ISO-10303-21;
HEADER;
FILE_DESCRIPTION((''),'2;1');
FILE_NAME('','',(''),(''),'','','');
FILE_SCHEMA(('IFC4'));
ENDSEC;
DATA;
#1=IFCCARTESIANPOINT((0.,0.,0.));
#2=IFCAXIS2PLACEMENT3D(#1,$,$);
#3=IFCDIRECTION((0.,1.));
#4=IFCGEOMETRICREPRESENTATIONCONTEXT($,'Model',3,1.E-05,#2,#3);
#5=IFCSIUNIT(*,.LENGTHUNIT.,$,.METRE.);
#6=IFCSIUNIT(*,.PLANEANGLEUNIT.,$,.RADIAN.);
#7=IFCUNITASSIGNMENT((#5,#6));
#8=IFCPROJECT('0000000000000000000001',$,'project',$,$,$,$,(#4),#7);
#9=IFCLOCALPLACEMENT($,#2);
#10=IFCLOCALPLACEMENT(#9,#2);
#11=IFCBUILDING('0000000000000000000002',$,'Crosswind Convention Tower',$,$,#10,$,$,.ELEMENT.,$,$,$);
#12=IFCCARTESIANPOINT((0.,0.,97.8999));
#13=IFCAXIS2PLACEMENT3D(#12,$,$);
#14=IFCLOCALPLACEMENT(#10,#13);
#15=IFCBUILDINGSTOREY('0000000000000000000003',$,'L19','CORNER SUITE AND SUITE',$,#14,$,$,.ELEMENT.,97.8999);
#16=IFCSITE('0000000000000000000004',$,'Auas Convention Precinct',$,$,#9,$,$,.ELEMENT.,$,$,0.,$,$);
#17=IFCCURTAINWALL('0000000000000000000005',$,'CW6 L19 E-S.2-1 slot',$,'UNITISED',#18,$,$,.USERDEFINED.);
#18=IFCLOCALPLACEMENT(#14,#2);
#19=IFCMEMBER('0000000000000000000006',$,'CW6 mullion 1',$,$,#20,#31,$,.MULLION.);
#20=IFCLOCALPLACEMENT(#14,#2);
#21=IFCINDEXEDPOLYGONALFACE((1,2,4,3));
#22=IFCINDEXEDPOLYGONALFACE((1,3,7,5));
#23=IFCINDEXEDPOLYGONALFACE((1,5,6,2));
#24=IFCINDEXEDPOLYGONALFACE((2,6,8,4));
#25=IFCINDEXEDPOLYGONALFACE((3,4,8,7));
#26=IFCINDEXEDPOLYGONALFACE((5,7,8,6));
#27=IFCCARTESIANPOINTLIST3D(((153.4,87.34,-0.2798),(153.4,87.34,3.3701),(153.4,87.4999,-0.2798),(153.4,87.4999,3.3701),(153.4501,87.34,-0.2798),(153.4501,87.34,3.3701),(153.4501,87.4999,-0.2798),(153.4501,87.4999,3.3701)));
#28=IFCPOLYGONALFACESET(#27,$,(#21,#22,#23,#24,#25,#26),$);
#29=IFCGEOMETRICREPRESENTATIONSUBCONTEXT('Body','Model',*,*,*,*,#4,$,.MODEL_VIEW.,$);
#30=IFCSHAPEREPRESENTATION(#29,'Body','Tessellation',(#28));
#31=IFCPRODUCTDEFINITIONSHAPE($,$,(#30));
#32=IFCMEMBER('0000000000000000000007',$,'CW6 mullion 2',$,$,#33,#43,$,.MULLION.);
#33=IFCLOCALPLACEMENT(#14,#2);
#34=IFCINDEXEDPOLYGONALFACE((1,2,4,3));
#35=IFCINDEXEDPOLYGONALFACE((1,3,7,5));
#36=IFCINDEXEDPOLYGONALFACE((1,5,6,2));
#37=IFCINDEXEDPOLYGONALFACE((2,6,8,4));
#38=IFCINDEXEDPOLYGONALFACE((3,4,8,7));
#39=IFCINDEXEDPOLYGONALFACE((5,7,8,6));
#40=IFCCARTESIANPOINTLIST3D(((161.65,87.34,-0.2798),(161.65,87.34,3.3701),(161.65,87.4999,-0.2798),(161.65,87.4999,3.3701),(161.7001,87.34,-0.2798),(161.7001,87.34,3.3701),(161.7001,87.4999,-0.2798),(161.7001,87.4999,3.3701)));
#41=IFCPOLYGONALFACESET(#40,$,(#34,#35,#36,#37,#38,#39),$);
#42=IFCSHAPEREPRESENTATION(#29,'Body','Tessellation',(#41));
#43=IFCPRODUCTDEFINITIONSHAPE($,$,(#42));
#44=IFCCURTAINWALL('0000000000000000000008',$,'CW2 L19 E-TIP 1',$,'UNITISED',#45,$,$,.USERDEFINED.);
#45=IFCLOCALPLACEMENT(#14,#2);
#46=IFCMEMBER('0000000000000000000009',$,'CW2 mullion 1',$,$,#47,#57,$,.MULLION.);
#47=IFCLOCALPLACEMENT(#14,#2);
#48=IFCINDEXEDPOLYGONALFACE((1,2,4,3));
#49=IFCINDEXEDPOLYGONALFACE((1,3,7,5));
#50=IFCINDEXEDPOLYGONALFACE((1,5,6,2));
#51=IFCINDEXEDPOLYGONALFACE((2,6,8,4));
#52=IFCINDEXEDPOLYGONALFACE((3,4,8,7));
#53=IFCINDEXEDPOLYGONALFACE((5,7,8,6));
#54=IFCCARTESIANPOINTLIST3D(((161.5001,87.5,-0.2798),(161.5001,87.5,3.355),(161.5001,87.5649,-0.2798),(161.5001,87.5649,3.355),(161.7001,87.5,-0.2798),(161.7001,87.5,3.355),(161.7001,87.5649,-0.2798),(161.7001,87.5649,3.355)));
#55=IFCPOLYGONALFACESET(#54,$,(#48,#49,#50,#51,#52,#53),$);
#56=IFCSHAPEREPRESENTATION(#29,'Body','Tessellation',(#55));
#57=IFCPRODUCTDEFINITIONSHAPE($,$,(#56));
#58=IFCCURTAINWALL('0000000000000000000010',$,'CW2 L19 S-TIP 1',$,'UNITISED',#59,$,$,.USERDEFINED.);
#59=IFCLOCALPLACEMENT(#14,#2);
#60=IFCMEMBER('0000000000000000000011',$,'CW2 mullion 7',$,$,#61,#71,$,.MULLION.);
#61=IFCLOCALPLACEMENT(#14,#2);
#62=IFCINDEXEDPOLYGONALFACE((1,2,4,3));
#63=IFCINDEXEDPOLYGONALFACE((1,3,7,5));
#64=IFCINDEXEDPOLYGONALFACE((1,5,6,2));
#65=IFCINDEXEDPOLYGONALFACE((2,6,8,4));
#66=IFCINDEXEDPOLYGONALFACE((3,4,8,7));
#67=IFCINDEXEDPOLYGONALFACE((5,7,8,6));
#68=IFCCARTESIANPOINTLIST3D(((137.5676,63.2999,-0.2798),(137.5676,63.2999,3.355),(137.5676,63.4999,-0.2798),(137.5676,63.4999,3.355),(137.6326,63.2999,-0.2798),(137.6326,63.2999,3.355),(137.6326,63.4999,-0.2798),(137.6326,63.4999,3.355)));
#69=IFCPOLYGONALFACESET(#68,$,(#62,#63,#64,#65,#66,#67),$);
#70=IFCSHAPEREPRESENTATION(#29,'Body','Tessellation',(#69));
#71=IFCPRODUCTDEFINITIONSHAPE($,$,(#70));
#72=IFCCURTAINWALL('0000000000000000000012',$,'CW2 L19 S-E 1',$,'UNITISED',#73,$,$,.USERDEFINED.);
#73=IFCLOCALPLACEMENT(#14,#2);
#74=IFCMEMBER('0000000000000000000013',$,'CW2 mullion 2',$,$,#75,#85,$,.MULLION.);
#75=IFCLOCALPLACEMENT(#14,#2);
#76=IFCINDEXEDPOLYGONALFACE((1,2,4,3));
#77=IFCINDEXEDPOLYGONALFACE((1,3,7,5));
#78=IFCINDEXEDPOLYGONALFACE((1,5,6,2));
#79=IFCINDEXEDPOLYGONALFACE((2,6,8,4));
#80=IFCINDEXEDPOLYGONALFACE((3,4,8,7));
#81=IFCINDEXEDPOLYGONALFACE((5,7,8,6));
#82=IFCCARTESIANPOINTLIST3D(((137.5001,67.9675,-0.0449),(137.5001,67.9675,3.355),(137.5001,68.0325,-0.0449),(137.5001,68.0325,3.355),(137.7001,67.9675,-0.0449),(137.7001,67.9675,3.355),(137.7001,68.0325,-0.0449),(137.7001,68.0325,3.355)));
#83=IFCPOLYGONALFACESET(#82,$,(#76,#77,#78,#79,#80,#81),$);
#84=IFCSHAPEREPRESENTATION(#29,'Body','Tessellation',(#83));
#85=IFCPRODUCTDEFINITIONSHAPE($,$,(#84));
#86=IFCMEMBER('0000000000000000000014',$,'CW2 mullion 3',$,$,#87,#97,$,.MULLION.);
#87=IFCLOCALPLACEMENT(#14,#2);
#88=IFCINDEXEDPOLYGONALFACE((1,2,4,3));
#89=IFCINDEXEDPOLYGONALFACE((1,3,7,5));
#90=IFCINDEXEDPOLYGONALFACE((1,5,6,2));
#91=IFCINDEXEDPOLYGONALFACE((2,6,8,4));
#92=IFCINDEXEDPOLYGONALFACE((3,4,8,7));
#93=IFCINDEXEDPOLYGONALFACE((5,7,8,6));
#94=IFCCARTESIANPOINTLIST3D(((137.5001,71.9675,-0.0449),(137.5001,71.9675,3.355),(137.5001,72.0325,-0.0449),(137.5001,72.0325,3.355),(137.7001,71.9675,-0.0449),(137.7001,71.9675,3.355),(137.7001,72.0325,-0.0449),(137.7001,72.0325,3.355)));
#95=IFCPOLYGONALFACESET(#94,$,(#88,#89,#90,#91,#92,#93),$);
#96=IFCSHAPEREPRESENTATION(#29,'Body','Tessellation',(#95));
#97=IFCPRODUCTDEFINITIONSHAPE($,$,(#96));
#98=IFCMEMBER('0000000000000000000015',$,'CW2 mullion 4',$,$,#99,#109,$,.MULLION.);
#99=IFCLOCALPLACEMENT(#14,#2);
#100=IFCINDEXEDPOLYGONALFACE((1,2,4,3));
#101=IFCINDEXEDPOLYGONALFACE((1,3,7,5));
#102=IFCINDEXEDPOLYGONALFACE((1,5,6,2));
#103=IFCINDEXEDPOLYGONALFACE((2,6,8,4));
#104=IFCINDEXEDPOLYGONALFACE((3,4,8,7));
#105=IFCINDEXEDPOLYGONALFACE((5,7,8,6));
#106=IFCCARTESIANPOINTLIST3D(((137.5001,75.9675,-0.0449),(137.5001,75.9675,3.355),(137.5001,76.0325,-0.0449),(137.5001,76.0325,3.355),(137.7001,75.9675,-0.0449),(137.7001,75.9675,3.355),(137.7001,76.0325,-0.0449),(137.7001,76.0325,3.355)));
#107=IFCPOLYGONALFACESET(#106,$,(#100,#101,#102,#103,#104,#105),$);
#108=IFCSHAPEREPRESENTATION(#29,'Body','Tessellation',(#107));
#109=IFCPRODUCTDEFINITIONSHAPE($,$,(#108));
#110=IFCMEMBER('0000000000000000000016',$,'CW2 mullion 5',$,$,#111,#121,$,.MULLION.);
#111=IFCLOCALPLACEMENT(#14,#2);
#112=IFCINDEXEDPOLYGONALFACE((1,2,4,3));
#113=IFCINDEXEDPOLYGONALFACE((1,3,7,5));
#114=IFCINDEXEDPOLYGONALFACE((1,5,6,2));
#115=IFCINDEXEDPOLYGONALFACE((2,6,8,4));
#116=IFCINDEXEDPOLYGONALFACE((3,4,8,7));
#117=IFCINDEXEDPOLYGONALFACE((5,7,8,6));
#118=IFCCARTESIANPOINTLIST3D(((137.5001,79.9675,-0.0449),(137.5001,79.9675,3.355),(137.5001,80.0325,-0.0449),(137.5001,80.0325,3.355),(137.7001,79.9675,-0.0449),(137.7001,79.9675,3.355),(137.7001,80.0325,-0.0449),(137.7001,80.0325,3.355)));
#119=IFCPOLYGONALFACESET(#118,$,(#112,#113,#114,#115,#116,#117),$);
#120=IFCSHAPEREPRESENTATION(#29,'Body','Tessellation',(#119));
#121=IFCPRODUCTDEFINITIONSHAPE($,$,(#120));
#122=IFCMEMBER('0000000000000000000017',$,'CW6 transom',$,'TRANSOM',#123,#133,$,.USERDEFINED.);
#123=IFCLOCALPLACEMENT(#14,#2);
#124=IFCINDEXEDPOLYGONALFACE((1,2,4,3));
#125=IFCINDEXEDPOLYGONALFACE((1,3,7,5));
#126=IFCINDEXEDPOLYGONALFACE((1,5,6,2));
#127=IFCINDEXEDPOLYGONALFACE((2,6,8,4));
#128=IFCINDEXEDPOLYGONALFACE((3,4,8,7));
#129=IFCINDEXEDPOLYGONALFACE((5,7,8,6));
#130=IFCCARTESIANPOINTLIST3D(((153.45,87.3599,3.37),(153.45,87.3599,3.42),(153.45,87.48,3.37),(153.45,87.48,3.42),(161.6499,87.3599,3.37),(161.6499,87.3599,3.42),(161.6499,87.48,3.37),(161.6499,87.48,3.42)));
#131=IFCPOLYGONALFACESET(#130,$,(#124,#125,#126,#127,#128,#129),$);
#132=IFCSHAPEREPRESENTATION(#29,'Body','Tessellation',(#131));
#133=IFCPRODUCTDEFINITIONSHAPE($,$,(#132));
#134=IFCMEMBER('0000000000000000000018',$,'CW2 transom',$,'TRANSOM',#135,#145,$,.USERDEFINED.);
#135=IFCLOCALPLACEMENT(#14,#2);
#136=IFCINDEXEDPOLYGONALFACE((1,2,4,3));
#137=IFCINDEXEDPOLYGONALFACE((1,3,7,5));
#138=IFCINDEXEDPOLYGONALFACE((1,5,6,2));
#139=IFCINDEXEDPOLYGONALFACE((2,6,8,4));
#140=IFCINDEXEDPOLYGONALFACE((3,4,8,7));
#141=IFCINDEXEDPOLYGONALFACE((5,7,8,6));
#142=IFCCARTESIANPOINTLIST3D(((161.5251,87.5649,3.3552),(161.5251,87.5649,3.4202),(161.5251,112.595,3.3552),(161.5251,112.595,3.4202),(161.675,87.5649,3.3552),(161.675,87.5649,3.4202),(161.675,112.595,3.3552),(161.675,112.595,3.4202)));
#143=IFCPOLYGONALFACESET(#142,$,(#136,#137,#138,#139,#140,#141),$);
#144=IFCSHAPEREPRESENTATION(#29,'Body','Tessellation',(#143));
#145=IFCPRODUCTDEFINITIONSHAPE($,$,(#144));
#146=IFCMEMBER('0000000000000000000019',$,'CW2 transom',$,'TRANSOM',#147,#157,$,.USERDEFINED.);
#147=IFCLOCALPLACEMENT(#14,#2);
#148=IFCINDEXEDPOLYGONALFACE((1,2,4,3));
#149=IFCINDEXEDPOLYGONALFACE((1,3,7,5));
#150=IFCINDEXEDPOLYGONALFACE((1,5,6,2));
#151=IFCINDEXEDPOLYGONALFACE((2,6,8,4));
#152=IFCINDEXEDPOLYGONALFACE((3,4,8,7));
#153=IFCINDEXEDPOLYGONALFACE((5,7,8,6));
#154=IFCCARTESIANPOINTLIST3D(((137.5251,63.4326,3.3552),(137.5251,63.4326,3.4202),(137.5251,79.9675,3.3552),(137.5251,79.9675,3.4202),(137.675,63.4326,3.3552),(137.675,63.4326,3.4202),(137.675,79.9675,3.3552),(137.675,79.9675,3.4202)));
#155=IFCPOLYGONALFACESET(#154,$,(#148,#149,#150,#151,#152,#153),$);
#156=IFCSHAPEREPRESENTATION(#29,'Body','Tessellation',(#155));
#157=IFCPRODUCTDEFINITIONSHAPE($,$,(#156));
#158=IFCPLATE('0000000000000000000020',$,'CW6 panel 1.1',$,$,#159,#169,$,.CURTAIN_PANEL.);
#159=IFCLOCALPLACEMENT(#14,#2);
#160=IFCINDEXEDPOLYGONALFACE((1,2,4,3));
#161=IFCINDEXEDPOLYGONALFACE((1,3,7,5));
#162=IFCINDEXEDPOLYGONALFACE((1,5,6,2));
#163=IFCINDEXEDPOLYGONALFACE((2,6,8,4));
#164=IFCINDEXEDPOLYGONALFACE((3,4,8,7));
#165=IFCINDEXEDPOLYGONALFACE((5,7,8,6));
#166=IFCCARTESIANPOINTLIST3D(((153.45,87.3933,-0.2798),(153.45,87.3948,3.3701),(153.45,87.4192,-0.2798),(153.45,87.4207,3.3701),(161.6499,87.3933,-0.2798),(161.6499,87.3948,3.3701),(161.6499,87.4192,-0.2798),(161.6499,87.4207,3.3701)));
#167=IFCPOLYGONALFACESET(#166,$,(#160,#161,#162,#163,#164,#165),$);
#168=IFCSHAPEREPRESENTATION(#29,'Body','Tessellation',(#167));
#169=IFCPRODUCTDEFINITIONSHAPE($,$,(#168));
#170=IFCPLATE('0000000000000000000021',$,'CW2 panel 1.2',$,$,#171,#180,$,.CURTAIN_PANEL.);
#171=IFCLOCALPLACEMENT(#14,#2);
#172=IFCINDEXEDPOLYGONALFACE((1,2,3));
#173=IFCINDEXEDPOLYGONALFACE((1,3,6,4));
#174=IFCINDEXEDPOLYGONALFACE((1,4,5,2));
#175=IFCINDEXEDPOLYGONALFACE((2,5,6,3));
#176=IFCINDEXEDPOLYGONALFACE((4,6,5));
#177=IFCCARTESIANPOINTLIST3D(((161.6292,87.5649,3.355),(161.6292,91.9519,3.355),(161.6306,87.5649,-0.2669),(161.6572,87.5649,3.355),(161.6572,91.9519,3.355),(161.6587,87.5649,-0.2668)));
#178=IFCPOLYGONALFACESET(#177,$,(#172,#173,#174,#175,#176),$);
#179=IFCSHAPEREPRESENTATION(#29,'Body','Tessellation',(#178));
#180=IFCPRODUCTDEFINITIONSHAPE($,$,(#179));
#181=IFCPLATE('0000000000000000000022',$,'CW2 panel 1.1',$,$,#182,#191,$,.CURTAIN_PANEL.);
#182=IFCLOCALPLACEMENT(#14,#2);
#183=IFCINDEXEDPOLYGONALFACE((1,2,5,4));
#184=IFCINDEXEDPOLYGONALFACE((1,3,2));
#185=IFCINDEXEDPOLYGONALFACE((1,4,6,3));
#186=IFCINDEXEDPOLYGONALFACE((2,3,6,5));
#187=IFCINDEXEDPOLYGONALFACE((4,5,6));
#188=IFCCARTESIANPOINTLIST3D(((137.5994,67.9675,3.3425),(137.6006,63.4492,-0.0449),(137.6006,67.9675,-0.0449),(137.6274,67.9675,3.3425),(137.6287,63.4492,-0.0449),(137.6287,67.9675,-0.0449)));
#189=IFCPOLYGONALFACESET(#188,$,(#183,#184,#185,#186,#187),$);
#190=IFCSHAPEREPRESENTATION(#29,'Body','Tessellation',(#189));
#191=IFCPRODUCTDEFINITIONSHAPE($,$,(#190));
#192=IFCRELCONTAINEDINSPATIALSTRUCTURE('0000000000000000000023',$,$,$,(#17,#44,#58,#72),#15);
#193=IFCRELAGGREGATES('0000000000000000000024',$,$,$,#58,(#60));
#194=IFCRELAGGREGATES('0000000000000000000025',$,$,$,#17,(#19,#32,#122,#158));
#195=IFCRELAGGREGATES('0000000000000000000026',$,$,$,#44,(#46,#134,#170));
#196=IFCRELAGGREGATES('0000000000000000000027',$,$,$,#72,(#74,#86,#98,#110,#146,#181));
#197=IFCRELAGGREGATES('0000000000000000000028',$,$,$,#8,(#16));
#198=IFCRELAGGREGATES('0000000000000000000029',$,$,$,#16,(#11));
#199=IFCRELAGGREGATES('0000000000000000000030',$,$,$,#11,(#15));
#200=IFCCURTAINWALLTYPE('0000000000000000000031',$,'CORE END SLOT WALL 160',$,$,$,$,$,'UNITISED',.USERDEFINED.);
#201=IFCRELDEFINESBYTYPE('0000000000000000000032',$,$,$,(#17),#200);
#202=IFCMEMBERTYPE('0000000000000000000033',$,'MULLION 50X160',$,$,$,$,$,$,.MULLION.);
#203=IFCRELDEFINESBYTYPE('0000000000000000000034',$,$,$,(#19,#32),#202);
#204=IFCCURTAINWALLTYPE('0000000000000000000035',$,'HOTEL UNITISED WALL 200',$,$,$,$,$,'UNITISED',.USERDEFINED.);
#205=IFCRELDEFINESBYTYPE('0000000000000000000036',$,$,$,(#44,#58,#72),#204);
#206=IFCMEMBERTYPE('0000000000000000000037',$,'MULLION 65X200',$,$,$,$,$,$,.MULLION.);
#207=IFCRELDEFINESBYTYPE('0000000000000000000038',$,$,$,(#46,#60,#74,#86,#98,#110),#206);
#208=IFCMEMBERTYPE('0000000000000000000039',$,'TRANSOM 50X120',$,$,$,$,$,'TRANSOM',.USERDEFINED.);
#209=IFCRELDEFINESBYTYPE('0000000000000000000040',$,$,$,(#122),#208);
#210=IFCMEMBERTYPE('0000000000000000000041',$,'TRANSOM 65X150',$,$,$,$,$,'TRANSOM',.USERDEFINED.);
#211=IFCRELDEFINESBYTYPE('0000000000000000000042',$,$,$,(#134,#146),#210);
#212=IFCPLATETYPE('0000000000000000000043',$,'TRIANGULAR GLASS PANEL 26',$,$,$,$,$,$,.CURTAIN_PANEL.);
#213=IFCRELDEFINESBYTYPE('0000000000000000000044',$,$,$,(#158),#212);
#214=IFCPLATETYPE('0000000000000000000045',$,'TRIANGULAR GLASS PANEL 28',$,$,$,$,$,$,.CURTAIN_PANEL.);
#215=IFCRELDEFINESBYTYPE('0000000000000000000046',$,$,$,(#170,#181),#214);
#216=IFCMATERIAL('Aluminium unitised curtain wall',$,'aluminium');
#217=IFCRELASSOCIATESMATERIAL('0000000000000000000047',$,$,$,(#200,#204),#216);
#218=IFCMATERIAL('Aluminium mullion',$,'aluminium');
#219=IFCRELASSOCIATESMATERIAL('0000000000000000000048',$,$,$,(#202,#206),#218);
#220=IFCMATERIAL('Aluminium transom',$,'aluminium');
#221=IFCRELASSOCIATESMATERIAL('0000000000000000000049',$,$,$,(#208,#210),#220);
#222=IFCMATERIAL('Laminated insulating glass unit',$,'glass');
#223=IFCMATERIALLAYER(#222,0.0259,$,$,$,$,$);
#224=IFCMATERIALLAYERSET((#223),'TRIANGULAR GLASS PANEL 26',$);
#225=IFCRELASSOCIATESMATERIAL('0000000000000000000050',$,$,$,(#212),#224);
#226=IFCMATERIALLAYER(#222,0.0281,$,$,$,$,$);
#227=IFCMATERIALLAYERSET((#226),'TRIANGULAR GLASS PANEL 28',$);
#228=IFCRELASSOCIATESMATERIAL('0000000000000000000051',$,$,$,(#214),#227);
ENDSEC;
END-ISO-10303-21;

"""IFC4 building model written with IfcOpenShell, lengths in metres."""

from ifc_helpers import new_model, si_unit, direction, frame, origin, origin_2d, place, context, subcontext, project, spatial, polyline, rectangle, outline, extrude, material, layer, layer_set, material_profile, profile_set, type_object, element, aggregate, save


model = new_model("IFC4")

# Units and contexts
model_context = context("Model", 3, precision=1e-05, world=origin(), true_north=direction((0.0, 1.0)))
body_context = subcontext(model_context, "Body", "Model", "MODEL_VIEW")
ifc_project = project(units=[si_unit("LENGTHUNIT", "METRE"), si_unit("PLANEANGLEUNIT", "RADIAN")], contexts=[model_context])

# Site, building, storey
site_placement = place(None, origin())
site = spatial("IfcSite", under=ifc_project, at=site_placement, Name="Auas Convention Precinct", CompositionType="ELEMENT", RefElevation=0.0)
building_placement = place(site_placement, origin())
building = spatial("IfcBuilding", under=site, at=building_placement, Name="Crosswind Convention Tower", CompositionType="ELEMENT")
storey_placement = place(building_placement, frame((0.0, 0.0, 97.8999)))
storey = spatial("IfcBuildingStorey", under=building, at=storey_placement, Name="L19", Description="CORNER SUITE AND SUITE", CompositionType="ELEMENT", Elevation=97.8999)

# Curtain wall, members
ifc_material_1 = material(Name="Aluminium unitised curtain wall", Category="aluminium")
curtain_wall_type_1 = type_object("IfcCurtainWallType", Name="CORE END SLOT WALL 160", ElementType="UNITISED", PredefinedType="USERDEFINED", material=ifc_material_1)
curtain_wall_1_placement = place(storey_placement, origin())
curtain_wall_1 = element("IfcCurtainWall", 1, at=curtain_wall_1_placement, inside=storey, type_object=curtain_wall_type_1, Name="CW6 L19 E-S.2-1 slot", ObjectType="UNITISED", PredefinedType="USERDEFINED")
ifc_material_2 = material(Name="Aluminium mullion", Category="aluminium")
ifc_material_profile_1 = material_profile(ifc_material_2, rectangle(XDim=0.1599, YDim=0.05, at=origin_2d()), Name="AL 160X50")
ifc_profile_set_1 = profile_set([ifc_material_profile_1], Name="Aluminium mullion")
member_type_1 = type_object("IfcMemberType", Name="MULLION 50X160", PredefinedType="MULLION", material=ifc_profile_set_1)
member_1_placement = place(storey_placement, frame((153.425, 87.4199, -0.2798), z_axis=(0.0, 0.0, 1.0), x_axis=(0.0, -1.0, 0.0)))
member_1 = element("IfcMember", 2, at=member_1_placement, type_object=member_type_1, Name="CW6 mullion 1", PredefinedType="MULLION", context=body_context, shape_type="SweptSolid", body=[
    extrude(rectangle(XDim=0.1599, YDim=0.05, at=origin_2d()), origin(), (0.0, 0.0, 1.0), 3.6499),
])
member_2_placement = place(storey_placement, frame((161.675, 87.4199, -0.2798), z_axis=(0.0, 0.0, 1.0), x_axis=(0.0, -1.0, 0.0)))
member_2 = element("IfcMember", 3, at=member_2_placement, type_object=member_type_1, Name="CW6 mullion 2", PredefinedType="MULLION", context=body_context, shape_type="SweptSolid", body=[
    extrude(rectangle(XDim=0.1599, YDim=0.05, at=origin_2d()), origin(), (0.0, 0.0, 1.0), 3.6499),
])

# Curtain walls, members
curtain_wall_type_2 = type_object("IfcCurtainWallType", Name="HOTEL UNITISED WALL 200", ElementType="UNITISED", PredefinedType="USERDEFINED", material=ifc_material_1)
curtain_wall_2_placement = place(storey_placement, origin())
curtain_wall_2 = element("IfcCurtainWall", 4, at=curtain_wall_2_placement, inside=storey, type_object=curtain_wall_type_2, Name="CW2 L19 E-TIP 1", ObjectType="UNITISED", PredefinedType="USERDEFINED")
ifc_material_profile_2 = material_profile(ifc_material_2, rectangle(XDim=0.2, YDim=0.0649, at=origin_2d()), Name="AL 200X65")
ifc_profile_set_2 = profile_set([ifc_material_profile_2], Name="Aluminium mullion")
member_type_2 = type_object("IfcMemberType", Name="MULLION 65X200", PredefinedType="MULLION", material=ifc_profile_set_2)
member_3_placement = place(storey_placement, frame((161.6001, 87.5325, -0.2798), z_axis=(0.0, 0.0, 1.0), x_axis=(1.0, 0.0, 0.0)))
member_3 = element("IfcMember", 5, at=member_3_placement, type_object=member_type_2, Name="CW2 mullion 1", PredefinedType="MULLION", context=body_context, shape_type="SweptSolid", body=[
    extrude(rectangle(XDim=0.2, YDim=0.0649, at=origin_2d()), origin(), (0.0, 0.0, 1.0), 3.6348),
])
curtain_wall_3_placement = place(storey_placement, origin())
curtain_wall_3 = element("IfcCurtainWall", 6, at=curtain_wall_3_placement, inside=storey, type_object=curtain_wall_type_2, Name="CW2 L19 S-TIP 1", ObjectType="UNITISED", PredefinedType="USERDEFINED")
member_4_placement = place(storey_placement, frame((137.6001, 63.3999, -0.2798), z_axis=(0.0, 0.0, 1.0), x_axis=(0.0, -1.0, 0.0)))
member_4 = element("IfcMember", 7, at=member_4_placement, type_object=member_type_2, Name="CW2 mullion 7", PredefinedType="MULLION", context=body_context, shape_type="SweptSolid", body=[
    extrude(rectangle(XDim=0.2, YDim=0.0649, at=origin_2d()), origin(), (0.0, 0.0, 1.0), 3.6348),
])
aggregate(curtain_wall_3, [member_4])

# Curtain wall, members
curtain_wall_4_placement = place(storey_placement, origin())
curtain_wall_4 = element("IfcCurtainWall", 8, at=curtain_wall_4_placement, inside=storey, type_object=curtain_wall_type_2, Name="CW2 L19 S-E 1", ObjectType="UNITISED", PredefinedType="USERDEFINED")
member_5_placement = place(storey_placement, frame((137.6001, 68.0, -0.0449), z_axis=(0.0, 0.0, 1.0), x_axis=(1.0, 0.0, 0.0)))
member_5 = element("IfcMember", 9, at=member_5_placement, type_object=member_type_2, Name="CW2 mullion 2", PredefinedType="MULLION", context=body_context, shape_type="SweptSolid", body=[
    extrude(rectangle(XDim=0.2, YDim=0.0649, at=origin_2d()), origin(), (0.0, 0.0, 1.0), 3.3999),
])
member_6_placement = place(storey_placement, frame((137.6001, 72.0, -0.0449), z_axis=(0.0, 0.0, 1.0), x_axis=(1.0, 0.0, 0.0)))
member_6 = element("IfcMember", 10, at=member_6_placement, type_object=member_type_2, Name="CW2 mullion 3", PredefinedType="MULLION", context=body_context, shape_type="SweptSolid", body=[
    extrude(rectangle(XDim=0.2, YDim=0.0649, at=origin_2d()), origin(), (0.0, 0.0, 1.0), 3.3999),
])
member_7_placement = place(storey_placement, frame((137.6001, 76.0, -0.0449), z_axis=(0.0, 0.0, 1.0), x_axis=(1.0, 0.0, 0.0)))
member_7 = element("IfcMember", 11, at=member_7_placement, type_object=member_type_2, Name="CW2 mullion 4", PredefinedType="MULLION", context=body_context, shape_type="SweptSolid", body=[
    extrude(rectangle(XDim=0.2, YDim=0.0649, at=origin_2d()), origin(), (0.0, 0.0, 1.0), 3.3999),
])
member_8_placement = place(storey_placement, frame((137.6001, 80.0, -0.0449), z_axis=(0.0, 0.0, 1.0), x_axis=(1.0, 0.0, 0.0)))
member_8 = element("IfcMember", 12, at=member_8_placement, type_object=member_type_2, Name="CW2 mullion 5", PredefinedType="MULLION", context=body_context, shape_type="SweptSolid", body=[
    extrude(rectangle(XDim=0.2, YDim=0.0649, at=origin_2d()), origin(), (0.0, 0.0, 1.0), 3.3999),
])

# Members
ifc_material_3 = material(Name="Aluminium transom", Category="aluminium")
ifc_material_profile_3 = material_profile(ifc_material_3, rectangle(XDim=0.1201, YDim=0.05, at=origin_2d()), Name="AL 120X50")
ifc_profile_set_3 = profile_set([ifc_material_profile_3], Name="Aluminium transom")
member_type_3 = type_object("IfcMemberType", Name="TRANSOM 50X120", ElementType="TRANSOM", PredefinedType="USERDEFINED", material=ifc_profile_set_3)
member_9_placement = place(storey_placement, frame((153.45, 87.4199, 3.395), z_axis=(1.0, 0.0, 0.0), x_axis=(0.0, 1.0, 0.0)))
member_9 = element("IfcMember", 13, at=member_9_placement, type_object=member_type_3, Name="CW6 transom", ObjectType="TRANSOM", PredefinedType="USERDEFINED", context=body_context, shape_type="SweptSolid", body=[
    extrude(rectangle(XDim=0.1201, YDim=0.05, at=origin_2d()), origin(), (0.0, 0.0, 1.0), 8.2),
])
ifc_material_profile_4 = material_profile(ifc_material_3, rectangle(XDim=0.1499, YDim=0.0649, at=origin_2d()), Name="AL 150X65")
ifc_profile_set_4 = profile_set([ifc_material_profile_4], Name="Aluminium transom")
member_type_4 = type_object("IfcMemberType", Name="TRANSOM 65X150", ElementType="TRANSOM", PredefinedType="USERDEFINED", material=ifc_profile_set_4)
member_10_placement = place(storey_placement, frame((161.6001, 87.5649, 3.3877), z_axis=(0.0, 1.0, 0.0), x_axis=(-1.0, 0.0, 0.0)))
member_10 = element("IfcMember", 14, at=member_10_placement, type_object=member_type_4, Name="CW2 transom", ObjectType="TRANSOM", PredefinedType="USERDEFINED", context=body_context, shape_type="SweptSolid", body=[
    extrude(rectangle(XDim=0.1499, YDim=0.0649, at=origin_2d()), origin(), (0.0, 0.0, 1.0), 25.03),
])
member_11_placement = place(storey_placement, frame((137.6001, 63.4326, 3.3877), z_axis=(0.0, 1.0, 0.0), x_axis=(-1.0, 0.0, 0.0)))
member_11 = element("IfcMember", 15, at=member_11_placement, type_object=member_type_4, Name="CW2 transom", ObjectType="TRANSOM", PredefinedType="USERDEFINED", context=body_context, shape_type="SweptSolid", body=[
    extrude(rectangle(XDim=0.1499, YDim=0.0649, at=origin_2d()), origin(), (0.0, 0.0, 1.0), 16.5349),
])

# Plates
ifc_material_4 = material(Name="Laminated insulating glass unit", Category="glass")
ifc_layer_1 = layer(ifc_material_4, 0.0259)
ifc_layer_set_1 = layer_set([ifc_layer_1], Name="TRIANGULAR GLASS PANEL 26")
plate_type_1 = type_object("IfcPlateType", Name="TRIANGULAR GLASS PANEL 26", PredefinedType="CURTAIN_PANEL", material=ifc_layer_set_1)
plate_1_placement = place(storey_placement, frame((153.45, 87.3933, -0.2798), z_axis=(0.0, -1.0, 0.000401), x_axis=(1.0, 0.0, 0.0)))
plate_1 = element("IfcPlate", 16, at=plate_1_placement, type_object=plate_type_1, Name="CW6 panel 1.1", PredefinedType="CURTAIN_PANEL", context=body_context, shape_type="SweptSolid", body=[
    extrude(outline(polyline([(0.0, 0.0), (8.2, 0.0), (8.2, 3.6499), (0.0, 3.6499), (0.0, 0.0)])), origin(), (0.0, 0.0, -1.0), 0.0259),
])
aggregate(curtain_wall_1, [member_1, member_2, member_9, plate_1])
ifc_layer_2 = layer(ifc_material_4, 0.0281)
ifc_layer_set_2 = layer_set([ifc_layer_2], Name="TRIANGULAR GLASS PANEL 28")
plate_type_2 = type_object("IfcPlateType", Name="TRIANGULAR GLASS PANEL 28", PredefinedType="CURTAIN_PANEL", material=ifc_layer_set_2)
plate_2_placement = place(storey_placement, frame((161.6572, 87.5649, 3.355), z_axis=(1.0, 0.0, 0.000404), x_axis=(0.000404, 0.0, -1.0)))
plate_2 = element("IfcPlate", 17, at=plate_2_placement, type_object=plate_type_2, Name="CW2 panel 1.2", PredefinedType="CURTAIN_PANEL", context=body_context, shape_type="SweptSolid", body=[
    extrude(outline(polyline([(0.0, 0.0), (3.6218, 0.0), (0.0, 4.387), (0.0, 0.0)])), origin(), (0.0, 0.0, -1.0), 0.0281),
])
plate_3_placement = place(storey_placement, frame((137.6287, 67.9675, -0.0449), z_axis=(1.0, 0.0, 0.00036), x_axis=(-0.00036, 0.0, 1.0)))
plate_3 = element("IfcPlate", 18, at=plate_3_placement, type_object=plate_type_2, Name="CW2 panel 1.1", PredefinedType="CURTAIN_PANEL", context=body_context, shape_type="SweptSolid", body=[
    extrude(outline(polyline([(0.0, 0.0), (3.3875, 0.0), (0.0, 4.5183), (0.0, 0.0)])), origin(), (0.0, 0.0, -1.0), 0.0281),
])

aggregate(curtain_wall_2, [member_3, member_10, plate_2])
aggregate(curtain_wall_4, [member_5, member_6, member_7, member_8, member_11, plate_3])

save(model, "model.ifc")
